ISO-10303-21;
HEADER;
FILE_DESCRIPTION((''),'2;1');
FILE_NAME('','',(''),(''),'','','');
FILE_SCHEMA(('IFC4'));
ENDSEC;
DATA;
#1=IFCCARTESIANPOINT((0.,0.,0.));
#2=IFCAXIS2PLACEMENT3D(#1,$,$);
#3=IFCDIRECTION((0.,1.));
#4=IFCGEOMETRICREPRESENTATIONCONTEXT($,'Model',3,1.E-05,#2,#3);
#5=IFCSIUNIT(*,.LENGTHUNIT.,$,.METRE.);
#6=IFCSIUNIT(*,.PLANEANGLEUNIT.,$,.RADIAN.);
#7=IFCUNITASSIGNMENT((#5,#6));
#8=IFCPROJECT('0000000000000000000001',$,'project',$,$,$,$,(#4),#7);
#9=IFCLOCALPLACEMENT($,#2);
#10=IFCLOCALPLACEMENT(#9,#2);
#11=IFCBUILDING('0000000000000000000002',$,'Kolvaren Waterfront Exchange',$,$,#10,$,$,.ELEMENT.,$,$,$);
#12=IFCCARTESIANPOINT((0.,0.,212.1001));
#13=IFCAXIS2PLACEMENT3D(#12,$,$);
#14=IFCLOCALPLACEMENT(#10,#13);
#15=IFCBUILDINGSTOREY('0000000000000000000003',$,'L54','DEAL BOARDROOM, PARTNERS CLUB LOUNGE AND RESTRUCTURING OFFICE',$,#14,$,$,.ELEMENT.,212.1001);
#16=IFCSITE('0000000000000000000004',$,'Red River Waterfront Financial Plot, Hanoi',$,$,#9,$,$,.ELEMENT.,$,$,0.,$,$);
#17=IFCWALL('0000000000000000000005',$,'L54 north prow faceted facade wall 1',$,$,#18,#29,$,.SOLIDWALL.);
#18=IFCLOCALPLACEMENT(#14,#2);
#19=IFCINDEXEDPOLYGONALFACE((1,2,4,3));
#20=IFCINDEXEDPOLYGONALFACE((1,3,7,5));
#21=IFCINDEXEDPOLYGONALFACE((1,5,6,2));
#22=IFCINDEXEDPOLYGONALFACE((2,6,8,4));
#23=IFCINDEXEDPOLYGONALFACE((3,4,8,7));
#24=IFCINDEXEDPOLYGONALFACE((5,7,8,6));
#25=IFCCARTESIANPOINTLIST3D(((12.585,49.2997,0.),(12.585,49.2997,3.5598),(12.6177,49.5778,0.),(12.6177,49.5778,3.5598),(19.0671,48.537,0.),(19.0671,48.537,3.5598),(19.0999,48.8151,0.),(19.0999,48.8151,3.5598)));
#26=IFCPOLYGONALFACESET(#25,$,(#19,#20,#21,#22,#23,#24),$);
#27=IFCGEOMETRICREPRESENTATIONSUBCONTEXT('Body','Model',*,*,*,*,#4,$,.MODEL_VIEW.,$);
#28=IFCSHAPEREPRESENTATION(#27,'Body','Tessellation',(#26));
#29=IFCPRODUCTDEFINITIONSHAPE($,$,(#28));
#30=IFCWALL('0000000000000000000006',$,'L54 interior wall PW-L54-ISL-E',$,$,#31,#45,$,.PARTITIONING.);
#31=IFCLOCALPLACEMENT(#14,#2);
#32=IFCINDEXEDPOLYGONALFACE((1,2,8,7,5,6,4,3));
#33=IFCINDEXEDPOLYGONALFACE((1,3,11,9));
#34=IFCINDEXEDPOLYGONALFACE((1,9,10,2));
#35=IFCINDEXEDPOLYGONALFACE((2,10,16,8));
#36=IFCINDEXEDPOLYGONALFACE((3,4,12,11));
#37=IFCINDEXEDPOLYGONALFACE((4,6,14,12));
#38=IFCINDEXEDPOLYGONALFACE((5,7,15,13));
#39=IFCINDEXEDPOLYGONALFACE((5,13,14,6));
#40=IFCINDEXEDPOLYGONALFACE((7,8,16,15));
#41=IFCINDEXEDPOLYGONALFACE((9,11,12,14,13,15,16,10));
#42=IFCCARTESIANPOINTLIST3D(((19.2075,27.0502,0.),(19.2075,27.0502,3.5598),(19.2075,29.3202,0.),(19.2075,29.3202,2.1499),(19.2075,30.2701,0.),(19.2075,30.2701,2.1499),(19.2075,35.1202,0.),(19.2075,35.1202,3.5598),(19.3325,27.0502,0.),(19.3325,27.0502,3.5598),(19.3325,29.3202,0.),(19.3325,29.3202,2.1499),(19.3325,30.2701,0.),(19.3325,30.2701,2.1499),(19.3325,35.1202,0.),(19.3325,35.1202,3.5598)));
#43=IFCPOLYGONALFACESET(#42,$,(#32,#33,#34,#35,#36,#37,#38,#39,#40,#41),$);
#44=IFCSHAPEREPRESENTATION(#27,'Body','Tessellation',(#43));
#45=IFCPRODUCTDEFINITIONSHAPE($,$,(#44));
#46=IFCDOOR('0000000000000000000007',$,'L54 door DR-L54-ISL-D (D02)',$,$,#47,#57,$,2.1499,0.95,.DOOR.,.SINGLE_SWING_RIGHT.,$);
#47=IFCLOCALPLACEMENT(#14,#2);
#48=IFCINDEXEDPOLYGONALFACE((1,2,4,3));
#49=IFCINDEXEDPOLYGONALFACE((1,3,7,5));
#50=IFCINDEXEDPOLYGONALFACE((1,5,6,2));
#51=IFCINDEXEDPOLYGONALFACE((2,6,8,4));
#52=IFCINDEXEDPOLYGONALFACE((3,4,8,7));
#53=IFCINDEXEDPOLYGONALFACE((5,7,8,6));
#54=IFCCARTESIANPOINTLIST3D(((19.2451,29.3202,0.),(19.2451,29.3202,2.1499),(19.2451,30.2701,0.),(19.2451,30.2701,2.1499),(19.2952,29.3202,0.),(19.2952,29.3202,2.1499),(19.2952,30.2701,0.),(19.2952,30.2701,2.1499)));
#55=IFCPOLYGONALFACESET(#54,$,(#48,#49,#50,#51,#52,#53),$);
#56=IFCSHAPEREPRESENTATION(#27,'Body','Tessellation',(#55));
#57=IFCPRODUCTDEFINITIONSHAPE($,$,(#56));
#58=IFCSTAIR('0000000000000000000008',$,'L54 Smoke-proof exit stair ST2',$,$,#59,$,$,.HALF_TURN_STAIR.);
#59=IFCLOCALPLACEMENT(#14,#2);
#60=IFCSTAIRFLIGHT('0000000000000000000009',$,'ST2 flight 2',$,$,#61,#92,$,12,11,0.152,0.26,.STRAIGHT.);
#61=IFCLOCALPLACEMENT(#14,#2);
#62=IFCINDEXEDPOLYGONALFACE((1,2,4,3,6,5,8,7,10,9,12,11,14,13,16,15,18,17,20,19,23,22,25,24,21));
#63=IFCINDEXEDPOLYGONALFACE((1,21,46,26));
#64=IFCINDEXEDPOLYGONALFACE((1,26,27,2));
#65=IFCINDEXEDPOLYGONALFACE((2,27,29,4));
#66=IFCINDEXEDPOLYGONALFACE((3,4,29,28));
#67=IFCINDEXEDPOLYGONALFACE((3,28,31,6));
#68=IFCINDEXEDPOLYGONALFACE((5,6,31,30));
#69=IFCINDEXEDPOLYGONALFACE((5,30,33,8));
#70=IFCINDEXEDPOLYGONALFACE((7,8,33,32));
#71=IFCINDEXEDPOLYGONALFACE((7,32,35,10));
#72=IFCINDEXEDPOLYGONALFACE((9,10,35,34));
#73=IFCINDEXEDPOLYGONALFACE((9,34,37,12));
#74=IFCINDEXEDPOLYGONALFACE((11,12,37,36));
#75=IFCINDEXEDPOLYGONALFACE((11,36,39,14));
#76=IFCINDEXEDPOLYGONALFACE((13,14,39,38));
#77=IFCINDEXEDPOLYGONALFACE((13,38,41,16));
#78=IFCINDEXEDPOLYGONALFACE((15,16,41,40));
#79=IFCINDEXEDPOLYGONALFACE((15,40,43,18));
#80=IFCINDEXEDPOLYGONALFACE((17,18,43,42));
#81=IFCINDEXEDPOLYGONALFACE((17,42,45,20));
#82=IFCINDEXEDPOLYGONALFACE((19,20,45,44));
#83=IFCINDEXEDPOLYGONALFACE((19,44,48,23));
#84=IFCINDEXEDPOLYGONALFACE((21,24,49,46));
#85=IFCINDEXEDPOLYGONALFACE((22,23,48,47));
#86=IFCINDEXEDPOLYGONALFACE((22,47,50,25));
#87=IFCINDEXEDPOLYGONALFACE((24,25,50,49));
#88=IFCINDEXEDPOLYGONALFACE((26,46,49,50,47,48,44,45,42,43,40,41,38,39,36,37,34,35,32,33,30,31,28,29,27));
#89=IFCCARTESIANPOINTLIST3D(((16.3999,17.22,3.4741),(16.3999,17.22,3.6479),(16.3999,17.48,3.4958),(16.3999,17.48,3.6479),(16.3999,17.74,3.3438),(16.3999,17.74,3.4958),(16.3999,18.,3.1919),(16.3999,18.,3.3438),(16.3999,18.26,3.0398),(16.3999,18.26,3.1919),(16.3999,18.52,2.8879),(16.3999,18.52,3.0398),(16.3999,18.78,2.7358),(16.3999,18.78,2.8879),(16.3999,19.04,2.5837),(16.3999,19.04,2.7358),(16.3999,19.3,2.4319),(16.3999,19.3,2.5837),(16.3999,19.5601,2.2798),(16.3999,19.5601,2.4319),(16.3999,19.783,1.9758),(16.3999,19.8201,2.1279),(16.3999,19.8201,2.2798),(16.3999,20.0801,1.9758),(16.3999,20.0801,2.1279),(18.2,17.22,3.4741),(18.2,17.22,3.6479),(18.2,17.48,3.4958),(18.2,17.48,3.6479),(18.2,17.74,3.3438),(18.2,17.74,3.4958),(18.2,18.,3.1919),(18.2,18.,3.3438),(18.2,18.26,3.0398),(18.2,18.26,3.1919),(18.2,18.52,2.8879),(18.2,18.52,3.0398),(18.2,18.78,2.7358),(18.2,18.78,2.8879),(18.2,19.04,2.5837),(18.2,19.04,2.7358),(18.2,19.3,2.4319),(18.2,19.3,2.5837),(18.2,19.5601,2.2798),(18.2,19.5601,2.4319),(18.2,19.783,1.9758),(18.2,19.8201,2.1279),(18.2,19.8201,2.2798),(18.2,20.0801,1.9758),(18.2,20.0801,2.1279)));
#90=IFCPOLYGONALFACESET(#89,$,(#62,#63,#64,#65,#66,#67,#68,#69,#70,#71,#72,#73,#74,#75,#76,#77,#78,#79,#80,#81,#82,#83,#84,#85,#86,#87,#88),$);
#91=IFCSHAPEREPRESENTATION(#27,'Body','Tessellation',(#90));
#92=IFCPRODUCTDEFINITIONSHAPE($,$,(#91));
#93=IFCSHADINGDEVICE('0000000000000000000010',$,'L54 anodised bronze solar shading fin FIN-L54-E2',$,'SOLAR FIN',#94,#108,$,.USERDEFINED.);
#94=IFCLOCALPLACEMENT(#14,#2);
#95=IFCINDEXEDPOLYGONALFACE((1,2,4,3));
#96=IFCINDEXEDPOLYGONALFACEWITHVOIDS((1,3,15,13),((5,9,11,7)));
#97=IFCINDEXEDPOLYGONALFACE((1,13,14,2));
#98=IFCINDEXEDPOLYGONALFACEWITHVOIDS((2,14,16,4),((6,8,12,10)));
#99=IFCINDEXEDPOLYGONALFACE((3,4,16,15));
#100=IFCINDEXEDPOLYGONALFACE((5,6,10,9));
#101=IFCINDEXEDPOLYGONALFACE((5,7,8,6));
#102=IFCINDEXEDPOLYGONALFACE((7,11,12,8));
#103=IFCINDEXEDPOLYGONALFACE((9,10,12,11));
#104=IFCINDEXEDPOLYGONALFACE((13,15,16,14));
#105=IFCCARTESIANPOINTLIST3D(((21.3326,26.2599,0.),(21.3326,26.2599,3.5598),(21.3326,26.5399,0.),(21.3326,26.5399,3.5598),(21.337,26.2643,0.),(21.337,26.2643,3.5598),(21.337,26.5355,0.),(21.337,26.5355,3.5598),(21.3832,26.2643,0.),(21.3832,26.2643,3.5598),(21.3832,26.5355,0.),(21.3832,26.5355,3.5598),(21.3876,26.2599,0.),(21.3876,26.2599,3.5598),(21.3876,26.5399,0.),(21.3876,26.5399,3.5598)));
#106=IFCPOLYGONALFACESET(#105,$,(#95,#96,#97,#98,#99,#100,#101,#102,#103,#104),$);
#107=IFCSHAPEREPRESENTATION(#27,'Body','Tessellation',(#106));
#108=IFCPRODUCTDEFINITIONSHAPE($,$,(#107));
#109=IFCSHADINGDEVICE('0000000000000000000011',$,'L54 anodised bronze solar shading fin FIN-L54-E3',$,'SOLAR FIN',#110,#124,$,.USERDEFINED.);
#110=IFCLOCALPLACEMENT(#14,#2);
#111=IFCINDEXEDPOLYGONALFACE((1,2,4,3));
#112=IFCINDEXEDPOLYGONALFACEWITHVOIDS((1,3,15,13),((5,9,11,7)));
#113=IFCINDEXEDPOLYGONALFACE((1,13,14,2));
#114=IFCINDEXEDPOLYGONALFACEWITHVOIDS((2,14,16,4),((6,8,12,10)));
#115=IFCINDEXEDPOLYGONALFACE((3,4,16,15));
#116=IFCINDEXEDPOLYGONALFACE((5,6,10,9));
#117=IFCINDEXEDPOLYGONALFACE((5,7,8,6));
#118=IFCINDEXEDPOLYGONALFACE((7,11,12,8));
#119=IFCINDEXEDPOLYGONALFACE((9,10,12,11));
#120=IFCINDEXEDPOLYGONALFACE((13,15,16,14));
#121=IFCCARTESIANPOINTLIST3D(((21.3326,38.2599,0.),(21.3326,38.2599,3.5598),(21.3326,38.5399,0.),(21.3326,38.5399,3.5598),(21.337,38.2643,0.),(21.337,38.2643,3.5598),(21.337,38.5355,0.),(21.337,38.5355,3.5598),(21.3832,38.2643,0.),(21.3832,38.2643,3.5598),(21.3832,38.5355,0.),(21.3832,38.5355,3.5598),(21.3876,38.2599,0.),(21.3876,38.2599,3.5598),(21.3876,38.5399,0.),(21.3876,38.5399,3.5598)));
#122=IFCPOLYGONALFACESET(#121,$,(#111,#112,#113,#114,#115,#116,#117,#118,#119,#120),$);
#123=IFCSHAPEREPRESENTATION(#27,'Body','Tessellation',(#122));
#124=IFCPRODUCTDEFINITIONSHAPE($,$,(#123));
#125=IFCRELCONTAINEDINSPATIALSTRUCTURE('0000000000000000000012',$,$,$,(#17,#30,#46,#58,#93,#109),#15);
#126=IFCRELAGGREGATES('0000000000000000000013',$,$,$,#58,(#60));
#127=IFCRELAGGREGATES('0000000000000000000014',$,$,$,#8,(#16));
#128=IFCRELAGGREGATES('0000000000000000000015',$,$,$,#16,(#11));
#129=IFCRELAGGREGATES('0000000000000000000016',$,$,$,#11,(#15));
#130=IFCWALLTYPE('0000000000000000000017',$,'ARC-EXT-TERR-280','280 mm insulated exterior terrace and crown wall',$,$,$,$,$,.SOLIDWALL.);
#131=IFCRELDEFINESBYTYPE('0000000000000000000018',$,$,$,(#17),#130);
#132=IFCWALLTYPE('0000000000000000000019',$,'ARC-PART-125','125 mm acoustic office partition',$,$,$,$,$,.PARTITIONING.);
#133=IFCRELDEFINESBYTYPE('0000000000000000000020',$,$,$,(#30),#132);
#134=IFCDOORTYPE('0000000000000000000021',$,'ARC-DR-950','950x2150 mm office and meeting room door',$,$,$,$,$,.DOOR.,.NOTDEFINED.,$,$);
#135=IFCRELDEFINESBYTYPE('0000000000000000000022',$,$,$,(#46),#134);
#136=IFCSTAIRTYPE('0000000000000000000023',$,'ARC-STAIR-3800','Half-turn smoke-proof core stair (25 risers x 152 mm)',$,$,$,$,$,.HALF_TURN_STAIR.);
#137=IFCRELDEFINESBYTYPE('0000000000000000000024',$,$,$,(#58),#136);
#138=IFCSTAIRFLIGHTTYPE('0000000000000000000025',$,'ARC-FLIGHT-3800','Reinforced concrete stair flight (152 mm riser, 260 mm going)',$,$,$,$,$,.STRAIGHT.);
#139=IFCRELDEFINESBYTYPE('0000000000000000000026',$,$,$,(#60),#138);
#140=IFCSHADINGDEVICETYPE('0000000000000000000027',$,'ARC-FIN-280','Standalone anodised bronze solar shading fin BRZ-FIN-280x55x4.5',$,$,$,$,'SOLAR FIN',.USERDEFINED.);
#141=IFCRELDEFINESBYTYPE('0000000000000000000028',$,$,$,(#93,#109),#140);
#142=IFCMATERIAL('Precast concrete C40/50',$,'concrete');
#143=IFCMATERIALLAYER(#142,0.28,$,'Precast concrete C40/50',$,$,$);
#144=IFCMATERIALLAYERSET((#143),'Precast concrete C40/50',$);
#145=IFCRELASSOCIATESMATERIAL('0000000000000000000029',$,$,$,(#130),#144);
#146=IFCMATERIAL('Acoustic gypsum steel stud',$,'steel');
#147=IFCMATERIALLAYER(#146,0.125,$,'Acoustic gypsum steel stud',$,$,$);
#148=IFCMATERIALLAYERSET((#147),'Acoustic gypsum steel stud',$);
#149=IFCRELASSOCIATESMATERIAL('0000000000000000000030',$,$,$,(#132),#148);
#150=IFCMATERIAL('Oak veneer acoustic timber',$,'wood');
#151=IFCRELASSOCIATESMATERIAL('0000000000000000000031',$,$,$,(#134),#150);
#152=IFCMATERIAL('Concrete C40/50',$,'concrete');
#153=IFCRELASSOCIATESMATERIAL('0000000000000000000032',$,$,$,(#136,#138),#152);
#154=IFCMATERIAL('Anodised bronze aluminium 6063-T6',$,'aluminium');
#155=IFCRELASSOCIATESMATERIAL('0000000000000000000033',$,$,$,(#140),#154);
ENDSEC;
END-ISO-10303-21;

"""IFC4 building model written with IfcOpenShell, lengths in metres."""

from ifc_helpers import new_model, si_unit, direction, frame, frame_2d, origin, origin_2d, place, context, subcontext, project, spatial, polyline, rectangle, hollow_rectangle, outline, extrude, material, layer, layer_set, material_profile, profile_set, type_object, element, fill, aggregate, save


model = new_model("IFC4")

# Units and contexts
model_context = context("Model", 3, precision=1e-05, world=origin(), true_north=direction((0.0, 1.0)))
body_context = subcontext(model_context, "Body", "Model", "MODEL_VIEW")
ifc_project = project(units=[si_unit("LENGTHUNIT", "METRE"), si_unit("PLANEANGLEUNIT", "RADIAN")], contexts=[model_context])

# Site, building, storey
site_placement = place(None, origin())
site = spatial("IfcSite", under=ifc_project, at=site_placement, Name="Red River Waterfront Financial Plot, Hanoi", CompositionType="ELEMENT", RefElevation=0.0)
building_placement = place(site_placement, origin())
building = spatial("IfcBuilding", under=site, at=building_placement, Name="Kolvaren Waterfront Exchange", CompositionType="ELEMENT")
storey_placement = place(building_placement, frame((0.0, 0.0, 212.1001)))
storey = spatial("IfcBuildingStorey", under=building, at=storey_placement, Name="L54", Description="DEAL BOARDROOM, PARTNERS CLUB LOUNGE AND RESTRUCTURING OFFICE", CompositionType="ELEMENT", Elevation=212.1001)

# Shared definitions
ifc_material_1 = material(Name="Anodised bronze aluminium 6063-T6", Category="aluminium")

# Wall
ifc_material_2 = material(Name="Precast concrete C40/50", Category="concrete")
ifc_layer_1 = layer(ifc_material_2, 0.28, Name="Precast concrete C40/50")
ifc_layer_set_1 = layer_set([ifc_layer_1], Name="Precast concrete C40/50")
wall_type_1 = type_object("IfcWallType", Name="ARC-EXT-TERR-280", Description="280 mm insulated exterior terrace and crown wall", PredefinedType="SOLIDWALL", material=ifc_layer_set_1)
wall_1_placement = place(storey_placement, frame((19.0835, 48.676, 0.0), z_axis=(0.0, 0.0, 1.0), x_axis=(-0.993149, 0.116854, 0.0)))
element("IfcWall", 1, at=wall_1_placement, inside=storey, type_object=wall_type_1, Name="L54 north prow faceted facade wall 1", PredefinedType="SOLIDWALL", context=body_context, shape_type="SweptSolid", body=[
    extrude(rectangle(XDim=6.5269, YDim=0.28, at=frame_2d((3.2634, 0.0))), origin(), (0.0, 0.0, 1.0), 3.5598),
])

# Wall, opening, door
ifc_material_3 = material(Name="Acoustic gypsum steel stud", Category="steel")
ifc_layer_2 = layer(ifc_material_3, 0.125, Name="Acoustic gypsum steel stud")
ifc_layer_set_2 = layer_set([ifc_layer_2], Name="Acoustic gypsum steel stud")
wall_type_2 = type_object("IfcWallType", Name="ARC-PART-125", Description="125 mm acoustic office partition", PredefinedType="PARTITIONING", material=ifc_layer_set_2)
wall_2_placement = place(storey_placement, frame((19.27, 27.05, 0.0), z_axis=(0.0, 0.0, 1.0), x_axis=(0.0, 1.0, 0.0)))
wall_2 = element("IfcWall", 2, at=wall_2_placement, inside=storey, type_object=wall_type_2, Name="L54 interior wall PW-L54-ISL-E", PredefinedType="PARTITIONING", context=body_context, shape_type="SweptSolid", body=[
    extrude(rectangle(XDim=8.0701, YDim=0.125, at=frame_2d((4.0352, 0.0))), origin(), (0.0, 0.0, 1.0), 3.5598),
])
opening_placement = place(wall_2_placement, frame((2.27, 0.0, 0.0)))
opening = element("IfcOpeningElement", 3, at=opening_placement, cuts=wall_2, PredefinedType="OPENING", context=body_context, shape_type="SweptSolid", body=[
    extrude(rectangle(XDim=0.95, YDim=2.1499, at=frame_2d((0.4751, 1.075))), frame((0.0, 0.0725, 0.0), z_axis=(0.0, -1.0, 0.0), x_axis=(1.0, 0.0, 0.0)), (0.0, 0.0, 1.0), 0.145),
])
ifc_material_4 = material(Name="Oak veneer acoustic timber", Category="wood")
door_type = type_object("IfcDoorType", Name="ARC-DR-950", Description="950x2150 mm office and meeting room door", OperationType="NOTDEFINED", PredefinedType="DOOR", material=ifc_material_4)
door_placement = place(opening_placement, origin())
door = element("IfcDoor", 4, at=door_placement, inside=storey, type_object=door_type, Name="L54 door DR-L54-ISL-D (D02)", OperationType="SINGLE_SWING_RIGHT", OverallHeight=2.1499, OverallWidth=0.95, PredefinedType="DOOR", context=body_context, shape_type="SweptSolid", body=[
    extrude(rectangle(XDim=0.95, YDim=2.1499, at=frame_2d((0.4751, 1.075))), frame((0.0, 0.0249, 0.0), z_axis=(0.0, -1.0, 0.0), x_axis=(1.0, 0.0, 0.0)), (0.0, 0.0, 1.0), 0.05),
])
fill(opening, door)

# Stair, stair flight
ifc_material_5 = material(Name="Concrete C40/50", Category="concrete")
stair_type = type_object("IfcStairType", Name="ARC-STAIR-3800", Description="Half-turn smoke-proof core stair (25 risers x 152 mm)", PredefinedType="HALF_TURN_STAIR", material=ifc_material_5)
stair_placement = place(storey_placement, origin())
stair = element("IfcStair", 5, at=stair_placement, inside=storey, type_object=stair_type, Name="L54 Smoke-proof exit stair ST2", PredefinedType="HALF_TURN_STAIR")
stair_flight_type = type_object("IfcStairFlightType", Name="ARC-FLIGHT-3800", Description="Reinforced concrete stair flight (152 mm riser, 260 mm going)", PredefinedType="STRAIGHT", material=ifc_material_5)
stair_flight_placement = place(storey_placement, frame((17.3, 20.0801, 1.9758), z_axis=(0.0, 0.0, 1.0), x_axis=(0.0, -1.0, 0.0)))
stair_flight = element("IfcStairFlight", 6, at=stair_flight_placement, type_object=stair_flight_type, Name="ST2 flight 2", NumberOfRisers=12, NumberOfTreads=11, PredefinedType="STRAIGHT", RiserHeight=0.152, TreadLength=0.26, context=body_context, shape_type="SweptSolid", body=[
    extrude(outline(polyline([(0.0, 0.0), (0.0, 0.1521), (0.26, 0.1521), (0.26, 0.304), (0.52, 0.304), (0.52, 0.4561), (0.78, 0.4561), (0.78, 0.6079), (1.04, 0.6079), (1.04, 0.76), (1.3, 0.76), (1.3, 0.9121), (1.5601, 0.9121), (1.5601, 1.064), (1.8201, 1.064), (1.8201, 1.2161), (2.0801, 1.2161), (2.0801, 1.3679), (2.3401, 1.3679), (2.3401, 1.52), (2.6001, 1.52), (2.6001, 1.6721), (2.8601, 1.6721), (2.8601, 1.824), (2.8601, 1.4983), (0.2971, 0.0), (0.0, 0.0)])), frame((0.0, 0.8999, 0.0), z_axis=(0.0, -1.0, 0.0), x_axis=(1.0, 0.0, 0.0)), (0.0, 0.0, 1.0), 1.8),
])
aggregate(stair, [stair_flight])

# Shading devices
ifc_material_profile_1 = material_profile(ifc_material_1, hollow_rectangle(XDim=0.0549, YDim=0.28, WallThickness=0.0044, at=origin_2d()), Name="BRZ-FIN-280x55x4.5")
ifc_profile_set_1 = profile_set([ifc_material_profile_1], Name="Anodised bronze aluminium 6063-T6")
shading_device_type = type_object("IfcShadingDeviceType", Name="ARC-FIN-280", Description="Standalone anodised bronze solar shading fin BRZ-FIN-280x55x4.5", ElementType="SOLAR FIN", PredefinedType="USERDEFINED", material=ifc_profile_set_1)
for number, where, z_axis, x_axis, name in (
    (7, (21.3601, 26.3999, 0.0), (0.0, 0.0, 1.0), (1.0, 0.0, 0.0), "L54 anodised bronze solar shading fin FIN-L54-E2"),
    (8, (21.3601, 38.3999, 0.0), (0.0, 0.0, 1.0), (1.0, 0.0, 0.0), "L54 anodised bronze solar shading fin FIN-L54-E3"),
):
    element("IfcShadingDevice", number, at=place(storey_placement, frame(where, z_axis=z_axis, x_axis=x_axis)), inside=storey, type_object=shading_device_type, Name=name, ObjectType="SOLAR FIN", PredefinedType="USERDEFINED", context=body_context, shape_type="SweptSolid", body=[
        extrude(hollow_rectangle(XDim=0.0549, YDim=0.28, WallThickness=0.0044, at=origin_2d()), origin(), (0.0, 0.0, 1.0), 3.5598),
    ])

save(model, "model.ifc")
